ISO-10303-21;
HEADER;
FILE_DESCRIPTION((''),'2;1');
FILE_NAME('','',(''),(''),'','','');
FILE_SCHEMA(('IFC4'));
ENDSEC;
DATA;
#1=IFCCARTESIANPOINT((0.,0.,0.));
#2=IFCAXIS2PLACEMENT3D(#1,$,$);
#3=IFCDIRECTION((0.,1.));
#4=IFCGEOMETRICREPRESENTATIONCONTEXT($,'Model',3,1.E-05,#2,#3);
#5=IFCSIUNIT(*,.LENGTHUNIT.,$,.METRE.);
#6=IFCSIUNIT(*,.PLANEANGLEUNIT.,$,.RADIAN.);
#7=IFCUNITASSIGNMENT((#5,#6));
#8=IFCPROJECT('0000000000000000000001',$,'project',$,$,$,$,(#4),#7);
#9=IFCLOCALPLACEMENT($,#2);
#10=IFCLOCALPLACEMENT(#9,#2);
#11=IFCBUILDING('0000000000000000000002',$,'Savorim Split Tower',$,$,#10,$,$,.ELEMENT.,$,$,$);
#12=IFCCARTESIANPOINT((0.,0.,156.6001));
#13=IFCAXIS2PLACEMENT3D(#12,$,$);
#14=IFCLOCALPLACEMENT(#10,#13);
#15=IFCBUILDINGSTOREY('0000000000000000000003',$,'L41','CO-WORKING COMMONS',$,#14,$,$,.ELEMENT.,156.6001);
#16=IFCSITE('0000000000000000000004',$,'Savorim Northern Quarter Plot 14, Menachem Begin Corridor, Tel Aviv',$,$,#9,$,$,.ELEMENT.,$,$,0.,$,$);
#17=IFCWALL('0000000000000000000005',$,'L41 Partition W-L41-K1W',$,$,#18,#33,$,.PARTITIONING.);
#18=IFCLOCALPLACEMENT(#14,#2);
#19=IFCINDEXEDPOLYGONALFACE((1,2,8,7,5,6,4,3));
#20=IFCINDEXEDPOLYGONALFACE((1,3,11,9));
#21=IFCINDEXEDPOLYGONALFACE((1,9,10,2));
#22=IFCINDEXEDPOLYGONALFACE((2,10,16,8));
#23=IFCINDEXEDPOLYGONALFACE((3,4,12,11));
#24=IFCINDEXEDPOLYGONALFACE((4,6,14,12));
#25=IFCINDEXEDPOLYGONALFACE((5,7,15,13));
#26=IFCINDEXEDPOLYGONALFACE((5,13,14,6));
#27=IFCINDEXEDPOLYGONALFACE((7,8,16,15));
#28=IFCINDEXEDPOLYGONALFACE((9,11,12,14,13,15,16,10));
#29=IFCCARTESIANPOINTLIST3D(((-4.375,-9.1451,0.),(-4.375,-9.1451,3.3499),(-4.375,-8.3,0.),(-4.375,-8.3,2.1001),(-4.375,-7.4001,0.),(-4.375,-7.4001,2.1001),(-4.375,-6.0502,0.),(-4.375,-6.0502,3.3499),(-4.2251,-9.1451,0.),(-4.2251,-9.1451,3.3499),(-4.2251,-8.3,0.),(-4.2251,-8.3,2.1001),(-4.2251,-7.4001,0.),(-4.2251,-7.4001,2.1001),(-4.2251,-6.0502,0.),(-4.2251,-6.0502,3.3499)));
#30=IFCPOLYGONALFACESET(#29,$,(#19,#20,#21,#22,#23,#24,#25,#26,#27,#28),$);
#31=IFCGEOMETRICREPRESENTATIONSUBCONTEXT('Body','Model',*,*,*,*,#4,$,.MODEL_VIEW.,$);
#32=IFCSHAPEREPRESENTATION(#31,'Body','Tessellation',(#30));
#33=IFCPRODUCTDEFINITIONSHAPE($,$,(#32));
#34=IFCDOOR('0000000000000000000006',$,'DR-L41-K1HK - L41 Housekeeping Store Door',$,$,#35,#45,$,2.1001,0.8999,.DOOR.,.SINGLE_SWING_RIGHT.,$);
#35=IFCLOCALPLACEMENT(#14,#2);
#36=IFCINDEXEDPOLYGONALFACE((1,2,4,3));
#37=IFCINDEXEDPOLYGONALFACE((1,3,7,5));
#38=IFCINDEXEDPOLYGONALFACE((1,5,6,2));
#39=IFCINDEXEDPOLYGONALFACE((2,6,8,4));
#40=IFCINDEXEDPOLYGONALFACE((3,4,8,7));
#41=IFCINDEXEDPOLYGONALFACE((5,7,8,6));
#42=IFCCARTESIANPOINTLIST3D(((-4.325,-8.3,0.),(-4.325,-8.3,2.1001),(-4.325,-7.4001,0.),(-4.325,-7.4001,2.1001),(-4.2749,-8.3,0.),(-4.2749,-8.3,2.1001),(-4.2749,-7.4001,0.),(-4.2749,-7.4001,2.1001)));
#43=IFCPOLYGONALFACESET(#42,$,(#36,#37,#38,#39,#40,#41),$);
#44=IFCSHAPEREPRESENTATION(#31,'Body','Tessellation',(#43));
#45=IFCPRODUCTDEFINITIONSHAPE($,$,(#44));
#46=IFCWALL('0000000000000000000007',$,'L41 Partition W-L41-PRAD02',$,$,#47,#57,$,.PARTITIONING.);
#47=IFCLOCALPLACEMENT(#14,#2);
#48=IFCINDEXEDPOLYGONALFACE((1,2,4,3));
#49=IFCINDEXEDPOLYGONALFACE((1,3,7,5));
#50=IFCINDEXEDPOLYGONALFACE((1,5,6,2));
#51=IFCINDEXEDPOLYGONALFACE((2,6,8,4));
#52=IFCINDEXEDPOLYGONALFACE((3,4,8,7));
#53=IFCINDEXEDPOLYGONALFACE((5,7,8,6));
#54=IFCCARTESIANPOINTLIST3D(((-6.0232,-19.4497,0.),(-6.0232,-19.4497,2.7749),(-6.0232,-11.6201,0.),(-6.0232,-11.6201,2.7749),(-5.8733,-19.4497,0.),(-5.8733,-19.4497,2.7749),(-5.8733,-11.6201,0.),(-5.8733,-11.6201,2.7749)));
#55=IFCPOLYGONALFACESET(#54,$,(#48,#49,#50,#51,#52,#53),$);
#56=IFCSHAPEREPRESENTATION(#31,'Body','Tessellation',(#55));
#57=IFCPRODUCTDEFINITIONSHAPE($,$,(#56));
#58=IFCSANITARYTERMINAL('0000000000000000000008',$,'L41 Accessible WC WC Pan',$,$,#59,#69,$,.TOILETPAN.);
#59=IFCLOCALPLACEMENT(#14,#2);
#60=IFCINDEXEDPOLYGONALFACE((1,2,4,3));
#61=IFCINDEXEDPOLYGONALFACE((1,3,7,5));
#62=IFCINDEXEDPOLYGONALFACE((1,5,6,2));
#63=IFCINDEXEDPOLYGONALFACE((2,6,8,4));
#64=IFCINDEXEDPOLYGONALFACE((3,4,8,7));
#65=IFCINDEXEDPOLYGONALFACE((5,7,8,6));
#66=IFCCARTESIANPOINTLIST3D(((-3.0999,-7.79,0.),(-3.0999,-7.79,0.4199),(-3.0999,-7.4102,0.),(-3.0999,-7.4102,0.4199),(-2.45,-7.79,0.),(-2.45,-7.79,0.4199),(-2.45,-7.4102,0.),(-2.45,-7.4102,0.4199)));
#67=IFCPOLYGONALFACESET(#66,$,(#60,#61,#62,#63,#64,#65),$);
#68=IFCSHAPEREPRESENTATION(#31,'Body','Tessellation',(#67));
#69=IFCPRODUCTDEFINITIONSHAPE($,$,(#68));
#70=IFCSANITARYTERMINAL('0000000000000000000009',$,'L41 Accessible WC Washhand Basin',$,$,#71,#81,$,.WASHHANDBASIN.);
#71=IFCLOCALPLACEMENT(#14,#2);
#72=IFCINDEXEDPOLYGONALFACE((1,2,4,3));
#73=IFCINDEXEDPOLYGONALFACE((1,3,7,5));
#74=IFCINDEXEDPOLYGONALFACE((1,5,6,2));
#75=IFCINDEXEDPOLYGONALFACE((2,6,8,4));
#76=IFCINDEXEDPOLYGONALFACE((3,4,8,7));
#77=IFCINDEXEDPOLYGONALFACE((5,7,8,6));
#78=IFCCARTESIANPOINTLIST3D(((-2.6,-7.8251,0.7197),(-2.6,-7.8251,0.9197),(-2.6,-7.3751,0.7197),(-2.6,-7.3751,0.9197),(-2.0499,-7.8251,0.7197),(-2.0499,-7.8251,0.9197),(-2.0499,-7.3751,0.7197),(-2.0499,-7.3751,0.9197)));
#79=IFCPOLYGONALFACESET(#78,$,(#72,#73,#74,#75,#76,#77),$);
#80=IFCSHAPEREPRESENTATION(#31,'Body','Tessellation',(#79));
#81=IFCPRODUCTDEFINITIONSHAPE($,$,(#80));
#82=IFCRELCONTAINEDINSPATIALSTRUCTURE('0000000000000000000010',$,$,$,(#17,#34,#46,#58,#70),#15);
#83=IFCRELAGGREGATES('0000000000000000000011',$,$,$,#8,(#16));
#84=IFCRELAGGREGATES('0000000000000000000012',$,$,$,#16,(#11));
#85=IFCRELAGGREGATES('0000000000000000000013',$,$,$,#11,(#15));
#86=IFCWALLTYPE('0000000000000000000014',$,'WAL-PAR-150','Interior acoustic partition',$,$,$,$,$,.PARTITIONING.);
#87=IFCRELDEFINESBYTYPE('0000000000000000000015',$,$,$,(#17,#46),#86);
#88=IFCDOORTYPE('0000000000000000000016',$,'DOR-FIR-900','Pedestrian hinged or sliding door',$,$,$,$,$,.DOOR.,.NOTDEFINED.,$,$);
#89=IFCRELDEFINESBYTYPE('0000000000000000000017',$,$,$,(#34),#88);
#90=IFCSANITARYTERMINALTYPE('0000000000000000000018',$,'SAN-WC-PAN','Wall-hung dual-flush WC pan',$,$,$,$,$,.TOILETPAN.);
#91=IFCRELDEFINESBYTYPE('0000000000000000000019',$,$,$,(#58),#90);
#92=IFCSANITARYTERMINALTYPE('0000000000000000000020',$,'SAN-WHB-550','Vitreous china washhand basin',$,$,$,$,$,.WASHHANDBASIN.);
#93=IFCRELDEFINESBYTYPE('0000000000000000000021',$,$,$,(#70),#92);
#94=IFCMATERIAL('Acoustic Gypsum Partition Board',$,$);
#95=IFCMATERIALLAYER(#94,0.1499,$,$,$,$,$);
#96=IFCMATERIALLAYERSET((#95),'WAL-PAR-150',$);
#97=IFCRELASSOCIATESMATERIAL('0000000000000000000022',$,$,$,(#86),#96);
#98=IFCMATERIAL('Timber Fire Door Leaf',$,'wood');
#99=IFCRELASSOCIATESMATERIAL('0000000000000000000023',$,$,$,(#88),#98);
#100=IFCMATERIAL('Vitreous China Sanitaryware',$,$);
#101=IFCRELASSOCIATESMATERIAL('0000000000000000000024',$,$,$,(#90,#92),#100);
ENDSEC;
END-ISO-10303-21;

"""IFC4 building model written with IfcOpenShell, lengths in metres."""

from ifc_helpers import new_model, si_unit, direction, frame, frame_2d, origin, origin_2d, place, context, subcontext, project, spatial, rectangle, extrude, material, layer, layer_set, type_object, element, fill, save


model = new_model("IFC4")

# Units and contexts
model_context = context("Model", 3, precision=1e-05, world=origin(), true_north=direction((0.0, 1.0)))
body_context = subcontext(model_context, "Body", "Model", "MODEL_VIEW")
ifc_project = project(units=[si_unit("LENGTHUNIT", "METRE"), si_unit("PLANEANGLEUNIT", "RADIAN")], contexts=[model_context])

# Site, building, storey
site_placement = place(None, origin())
site = spatial("IfcSite", under=ifc_project, at=site_placement, Name="Savorim Northern Quarter Plot 14, Menachem Begin Corridor, Tel Aviv", CompositionType="ELEMENT", RefElevation=0.0)
building_placement = place(site_placement, origin())
building = spatial("IfcBuilding", under=site, at=building_placement, Name="Savorim Split Tower", CompositionType="ELEMENT")
storey_placement = place(building_placement, frame((0.0, 0.0, 156.6001)))
storey = spatial("IfcBuildingStorey", under=building, at=storey_placement, Name="L41", Description="CO-WORKING COMMONS", CompositionType="ELEMENT", Elevation=156.6001)

# Wall, opening, door
ifc_material_1 = material(Name="Acoustic Gypsum Partition Board")
ifc_layer_1 = layer(ifc_material_1, 0.1499)
ifc_layer_set_1 = layer_set([ifc_layer_1], Name="WAL-PAR-150")
wall_type_1 = type_object("IfcWallType", Name="WAL-PAR-150", Description="Interior acoustic partition", PredefinedType="PARTITIONING", material=ifc_layer_set_1)
wall_1_placement = place(storey_placement, frame((-4.3, -9.145, 0.0), z_axis=(0.0, 0.0, 1.0), x_axis=(0.0, 1.0, 0.0)))
wall_1 = element("IfcWall", 1, at=wall_1_placement, inside=storey, type_object=wall_type_1, Name="L41 Partition W-L41-K1W", PredefinedType="PARTITIONING", context=body_context, shape_type="SweptSolid", body=[
    extrude(rectangle(XDim=3.095, YDim=0.1499, at=frame_2d((1.5474, 0.0))), origin(), (0.0, 0.0, 1.0), 3.3499),
])
opening_1_placement = place(wall_1_placement, frame((0.845, 0.0, 0.0)))
opening_1 = element("IfcOpeningElement", 2, at=opening_1_placement, cuts=wall_1, PredefinedType="OPENING", context=body_context, shape_type="SweptSolid", body=[
    extrude(rectangle(XDim=0.8999, YDim=2.1001, at=frame_2d((0.45, 1.05))), frame((0.0, 0.085, 0.0), z_axis=(0.0, -1.0, 0.0), x_axis=(1.0, 0.0, 0.0)), (0.0, 0.0, 1.0), 0.1699),
])
ifc_material_2 = material(Name="Timber Fire Door Leaf", Category="wood")
door_type_1 = type_object("IfcDoorType", Name="DOR-FIR-900", Description="Pedestrian hinged or sliding door", OperationType="NOTDEFINED", PredefinedType="DOOR", material=ifc_material_2)
door_1_placement = place(opening_1_placement, origin())
door_1 = element("IfcDoor", 3, at=door_1_placement, inside=storey, type_object=door_type_1, Name="DR-L41-K1HK - L41 Housekeeping Store Door", OperationType="SINGLE_SWING_RIGHT", OverallHeight=2.1001, OverallWidth=0.8999, PredefinedType="DOOR", context=body_context, shape_type="SweptSolid", body=[
    extrude(rectangle(XDim=0.8999, YDim=2.1001, at=frame_2d((0.45, 1.05))), frame((0.0, 0.0249, 0.0), z_axis=(0.0, -1.0, 0.0), x_axis=(1.0, 0.0, 0.0)), (0.0, 0.0, 1.0), 0.05),
])
fill(opening_1, door_1)

# Wall
wall_2_placement = place(storey_placement, frame((-5.9482, -11.6201, 0.0), z_axis=(0.0, 0.0, 1.0), x_axis=(0.0, -1.0, 0.0)))
element("IfcWall", 4, at=wall_2_placement, inside=storey, type_object=wall_type_1, Name="L41 Partition W-L41-PRAD02", PredefinedType="PARTITIONING", context=body_context, shape_type="SweptSolid", body=[
    extrude(rectangle(XDim=7.8296, YDim=0.1499, at=frame_2d((3.9148, 0.0))), origin(), (0.0, 0.0, 1.0), 2.7749),
])

# Sanitary terminals
ifc_material_3 = material(Name="Vitreous China Sanitaryware")
sanitary_terminal_type_1 = type_object("IfcSanitaryTerminalType", Name="SAN-WC-PAN", Description="Wall-hung dual-flush WC pan", PredefinedType="TOILETPAN", material=ifc_material_3)
sanitary_terminal_1_placement = place(storey_placement, frame((-2.7749, -7.6001, 0.0), z_axis=(0.0, 0.0, 1.0), x_axis=(1.0, 0.0, 0.0)))
element("IfcSanitaryTerminal", 5, at=sanitary_terminal_1_placement, inside=storey, type_object=sanitary_terminal_type_1, Name="L41 Accessible WC WC Pan", PredefinedType="TOILETPAN", context=body_context, shape_type="SweptSolid", body=[
    extrude(rectangle(XDim=0.6499, YDim=0.3799, at=origin_2d()), origin(), (0.0, 0.0, 1.0), 0.4199),
])
sanitary_terminal_type_2 = type_object("IfcSanitaryTerminalType", Name="SAN-WHB-550", Description="Vitreous china washhand basin", PredefinedType="WASHHANDBASIN", material=ifc_material_3)
sanitary_terminal_2_placement = place(storey_placement, frame((-2.325, -7.6001, 0.7197), z_axis=(0.0, 0.0, 1.0), x_axis=(1.0, 0.0, 0.0)))
element("IfcSanitaryTerminal", 6, at=sanitary_terminal_2_placement, inside=storey, type_object=sanitary_terminal_type_2, Name="L41 Accessible WC Washhand Basin", PredefinedType="WASHHANDBASIN", context=body_context, shape_type="SweptSolid", body=[
    extrude(rectangle(XDim=0.55, YDim=0.45, at=origin_2d()), origin(), (0.0, 0.0, 1.0), 0.2),
])

save(model, "model.ifc")
